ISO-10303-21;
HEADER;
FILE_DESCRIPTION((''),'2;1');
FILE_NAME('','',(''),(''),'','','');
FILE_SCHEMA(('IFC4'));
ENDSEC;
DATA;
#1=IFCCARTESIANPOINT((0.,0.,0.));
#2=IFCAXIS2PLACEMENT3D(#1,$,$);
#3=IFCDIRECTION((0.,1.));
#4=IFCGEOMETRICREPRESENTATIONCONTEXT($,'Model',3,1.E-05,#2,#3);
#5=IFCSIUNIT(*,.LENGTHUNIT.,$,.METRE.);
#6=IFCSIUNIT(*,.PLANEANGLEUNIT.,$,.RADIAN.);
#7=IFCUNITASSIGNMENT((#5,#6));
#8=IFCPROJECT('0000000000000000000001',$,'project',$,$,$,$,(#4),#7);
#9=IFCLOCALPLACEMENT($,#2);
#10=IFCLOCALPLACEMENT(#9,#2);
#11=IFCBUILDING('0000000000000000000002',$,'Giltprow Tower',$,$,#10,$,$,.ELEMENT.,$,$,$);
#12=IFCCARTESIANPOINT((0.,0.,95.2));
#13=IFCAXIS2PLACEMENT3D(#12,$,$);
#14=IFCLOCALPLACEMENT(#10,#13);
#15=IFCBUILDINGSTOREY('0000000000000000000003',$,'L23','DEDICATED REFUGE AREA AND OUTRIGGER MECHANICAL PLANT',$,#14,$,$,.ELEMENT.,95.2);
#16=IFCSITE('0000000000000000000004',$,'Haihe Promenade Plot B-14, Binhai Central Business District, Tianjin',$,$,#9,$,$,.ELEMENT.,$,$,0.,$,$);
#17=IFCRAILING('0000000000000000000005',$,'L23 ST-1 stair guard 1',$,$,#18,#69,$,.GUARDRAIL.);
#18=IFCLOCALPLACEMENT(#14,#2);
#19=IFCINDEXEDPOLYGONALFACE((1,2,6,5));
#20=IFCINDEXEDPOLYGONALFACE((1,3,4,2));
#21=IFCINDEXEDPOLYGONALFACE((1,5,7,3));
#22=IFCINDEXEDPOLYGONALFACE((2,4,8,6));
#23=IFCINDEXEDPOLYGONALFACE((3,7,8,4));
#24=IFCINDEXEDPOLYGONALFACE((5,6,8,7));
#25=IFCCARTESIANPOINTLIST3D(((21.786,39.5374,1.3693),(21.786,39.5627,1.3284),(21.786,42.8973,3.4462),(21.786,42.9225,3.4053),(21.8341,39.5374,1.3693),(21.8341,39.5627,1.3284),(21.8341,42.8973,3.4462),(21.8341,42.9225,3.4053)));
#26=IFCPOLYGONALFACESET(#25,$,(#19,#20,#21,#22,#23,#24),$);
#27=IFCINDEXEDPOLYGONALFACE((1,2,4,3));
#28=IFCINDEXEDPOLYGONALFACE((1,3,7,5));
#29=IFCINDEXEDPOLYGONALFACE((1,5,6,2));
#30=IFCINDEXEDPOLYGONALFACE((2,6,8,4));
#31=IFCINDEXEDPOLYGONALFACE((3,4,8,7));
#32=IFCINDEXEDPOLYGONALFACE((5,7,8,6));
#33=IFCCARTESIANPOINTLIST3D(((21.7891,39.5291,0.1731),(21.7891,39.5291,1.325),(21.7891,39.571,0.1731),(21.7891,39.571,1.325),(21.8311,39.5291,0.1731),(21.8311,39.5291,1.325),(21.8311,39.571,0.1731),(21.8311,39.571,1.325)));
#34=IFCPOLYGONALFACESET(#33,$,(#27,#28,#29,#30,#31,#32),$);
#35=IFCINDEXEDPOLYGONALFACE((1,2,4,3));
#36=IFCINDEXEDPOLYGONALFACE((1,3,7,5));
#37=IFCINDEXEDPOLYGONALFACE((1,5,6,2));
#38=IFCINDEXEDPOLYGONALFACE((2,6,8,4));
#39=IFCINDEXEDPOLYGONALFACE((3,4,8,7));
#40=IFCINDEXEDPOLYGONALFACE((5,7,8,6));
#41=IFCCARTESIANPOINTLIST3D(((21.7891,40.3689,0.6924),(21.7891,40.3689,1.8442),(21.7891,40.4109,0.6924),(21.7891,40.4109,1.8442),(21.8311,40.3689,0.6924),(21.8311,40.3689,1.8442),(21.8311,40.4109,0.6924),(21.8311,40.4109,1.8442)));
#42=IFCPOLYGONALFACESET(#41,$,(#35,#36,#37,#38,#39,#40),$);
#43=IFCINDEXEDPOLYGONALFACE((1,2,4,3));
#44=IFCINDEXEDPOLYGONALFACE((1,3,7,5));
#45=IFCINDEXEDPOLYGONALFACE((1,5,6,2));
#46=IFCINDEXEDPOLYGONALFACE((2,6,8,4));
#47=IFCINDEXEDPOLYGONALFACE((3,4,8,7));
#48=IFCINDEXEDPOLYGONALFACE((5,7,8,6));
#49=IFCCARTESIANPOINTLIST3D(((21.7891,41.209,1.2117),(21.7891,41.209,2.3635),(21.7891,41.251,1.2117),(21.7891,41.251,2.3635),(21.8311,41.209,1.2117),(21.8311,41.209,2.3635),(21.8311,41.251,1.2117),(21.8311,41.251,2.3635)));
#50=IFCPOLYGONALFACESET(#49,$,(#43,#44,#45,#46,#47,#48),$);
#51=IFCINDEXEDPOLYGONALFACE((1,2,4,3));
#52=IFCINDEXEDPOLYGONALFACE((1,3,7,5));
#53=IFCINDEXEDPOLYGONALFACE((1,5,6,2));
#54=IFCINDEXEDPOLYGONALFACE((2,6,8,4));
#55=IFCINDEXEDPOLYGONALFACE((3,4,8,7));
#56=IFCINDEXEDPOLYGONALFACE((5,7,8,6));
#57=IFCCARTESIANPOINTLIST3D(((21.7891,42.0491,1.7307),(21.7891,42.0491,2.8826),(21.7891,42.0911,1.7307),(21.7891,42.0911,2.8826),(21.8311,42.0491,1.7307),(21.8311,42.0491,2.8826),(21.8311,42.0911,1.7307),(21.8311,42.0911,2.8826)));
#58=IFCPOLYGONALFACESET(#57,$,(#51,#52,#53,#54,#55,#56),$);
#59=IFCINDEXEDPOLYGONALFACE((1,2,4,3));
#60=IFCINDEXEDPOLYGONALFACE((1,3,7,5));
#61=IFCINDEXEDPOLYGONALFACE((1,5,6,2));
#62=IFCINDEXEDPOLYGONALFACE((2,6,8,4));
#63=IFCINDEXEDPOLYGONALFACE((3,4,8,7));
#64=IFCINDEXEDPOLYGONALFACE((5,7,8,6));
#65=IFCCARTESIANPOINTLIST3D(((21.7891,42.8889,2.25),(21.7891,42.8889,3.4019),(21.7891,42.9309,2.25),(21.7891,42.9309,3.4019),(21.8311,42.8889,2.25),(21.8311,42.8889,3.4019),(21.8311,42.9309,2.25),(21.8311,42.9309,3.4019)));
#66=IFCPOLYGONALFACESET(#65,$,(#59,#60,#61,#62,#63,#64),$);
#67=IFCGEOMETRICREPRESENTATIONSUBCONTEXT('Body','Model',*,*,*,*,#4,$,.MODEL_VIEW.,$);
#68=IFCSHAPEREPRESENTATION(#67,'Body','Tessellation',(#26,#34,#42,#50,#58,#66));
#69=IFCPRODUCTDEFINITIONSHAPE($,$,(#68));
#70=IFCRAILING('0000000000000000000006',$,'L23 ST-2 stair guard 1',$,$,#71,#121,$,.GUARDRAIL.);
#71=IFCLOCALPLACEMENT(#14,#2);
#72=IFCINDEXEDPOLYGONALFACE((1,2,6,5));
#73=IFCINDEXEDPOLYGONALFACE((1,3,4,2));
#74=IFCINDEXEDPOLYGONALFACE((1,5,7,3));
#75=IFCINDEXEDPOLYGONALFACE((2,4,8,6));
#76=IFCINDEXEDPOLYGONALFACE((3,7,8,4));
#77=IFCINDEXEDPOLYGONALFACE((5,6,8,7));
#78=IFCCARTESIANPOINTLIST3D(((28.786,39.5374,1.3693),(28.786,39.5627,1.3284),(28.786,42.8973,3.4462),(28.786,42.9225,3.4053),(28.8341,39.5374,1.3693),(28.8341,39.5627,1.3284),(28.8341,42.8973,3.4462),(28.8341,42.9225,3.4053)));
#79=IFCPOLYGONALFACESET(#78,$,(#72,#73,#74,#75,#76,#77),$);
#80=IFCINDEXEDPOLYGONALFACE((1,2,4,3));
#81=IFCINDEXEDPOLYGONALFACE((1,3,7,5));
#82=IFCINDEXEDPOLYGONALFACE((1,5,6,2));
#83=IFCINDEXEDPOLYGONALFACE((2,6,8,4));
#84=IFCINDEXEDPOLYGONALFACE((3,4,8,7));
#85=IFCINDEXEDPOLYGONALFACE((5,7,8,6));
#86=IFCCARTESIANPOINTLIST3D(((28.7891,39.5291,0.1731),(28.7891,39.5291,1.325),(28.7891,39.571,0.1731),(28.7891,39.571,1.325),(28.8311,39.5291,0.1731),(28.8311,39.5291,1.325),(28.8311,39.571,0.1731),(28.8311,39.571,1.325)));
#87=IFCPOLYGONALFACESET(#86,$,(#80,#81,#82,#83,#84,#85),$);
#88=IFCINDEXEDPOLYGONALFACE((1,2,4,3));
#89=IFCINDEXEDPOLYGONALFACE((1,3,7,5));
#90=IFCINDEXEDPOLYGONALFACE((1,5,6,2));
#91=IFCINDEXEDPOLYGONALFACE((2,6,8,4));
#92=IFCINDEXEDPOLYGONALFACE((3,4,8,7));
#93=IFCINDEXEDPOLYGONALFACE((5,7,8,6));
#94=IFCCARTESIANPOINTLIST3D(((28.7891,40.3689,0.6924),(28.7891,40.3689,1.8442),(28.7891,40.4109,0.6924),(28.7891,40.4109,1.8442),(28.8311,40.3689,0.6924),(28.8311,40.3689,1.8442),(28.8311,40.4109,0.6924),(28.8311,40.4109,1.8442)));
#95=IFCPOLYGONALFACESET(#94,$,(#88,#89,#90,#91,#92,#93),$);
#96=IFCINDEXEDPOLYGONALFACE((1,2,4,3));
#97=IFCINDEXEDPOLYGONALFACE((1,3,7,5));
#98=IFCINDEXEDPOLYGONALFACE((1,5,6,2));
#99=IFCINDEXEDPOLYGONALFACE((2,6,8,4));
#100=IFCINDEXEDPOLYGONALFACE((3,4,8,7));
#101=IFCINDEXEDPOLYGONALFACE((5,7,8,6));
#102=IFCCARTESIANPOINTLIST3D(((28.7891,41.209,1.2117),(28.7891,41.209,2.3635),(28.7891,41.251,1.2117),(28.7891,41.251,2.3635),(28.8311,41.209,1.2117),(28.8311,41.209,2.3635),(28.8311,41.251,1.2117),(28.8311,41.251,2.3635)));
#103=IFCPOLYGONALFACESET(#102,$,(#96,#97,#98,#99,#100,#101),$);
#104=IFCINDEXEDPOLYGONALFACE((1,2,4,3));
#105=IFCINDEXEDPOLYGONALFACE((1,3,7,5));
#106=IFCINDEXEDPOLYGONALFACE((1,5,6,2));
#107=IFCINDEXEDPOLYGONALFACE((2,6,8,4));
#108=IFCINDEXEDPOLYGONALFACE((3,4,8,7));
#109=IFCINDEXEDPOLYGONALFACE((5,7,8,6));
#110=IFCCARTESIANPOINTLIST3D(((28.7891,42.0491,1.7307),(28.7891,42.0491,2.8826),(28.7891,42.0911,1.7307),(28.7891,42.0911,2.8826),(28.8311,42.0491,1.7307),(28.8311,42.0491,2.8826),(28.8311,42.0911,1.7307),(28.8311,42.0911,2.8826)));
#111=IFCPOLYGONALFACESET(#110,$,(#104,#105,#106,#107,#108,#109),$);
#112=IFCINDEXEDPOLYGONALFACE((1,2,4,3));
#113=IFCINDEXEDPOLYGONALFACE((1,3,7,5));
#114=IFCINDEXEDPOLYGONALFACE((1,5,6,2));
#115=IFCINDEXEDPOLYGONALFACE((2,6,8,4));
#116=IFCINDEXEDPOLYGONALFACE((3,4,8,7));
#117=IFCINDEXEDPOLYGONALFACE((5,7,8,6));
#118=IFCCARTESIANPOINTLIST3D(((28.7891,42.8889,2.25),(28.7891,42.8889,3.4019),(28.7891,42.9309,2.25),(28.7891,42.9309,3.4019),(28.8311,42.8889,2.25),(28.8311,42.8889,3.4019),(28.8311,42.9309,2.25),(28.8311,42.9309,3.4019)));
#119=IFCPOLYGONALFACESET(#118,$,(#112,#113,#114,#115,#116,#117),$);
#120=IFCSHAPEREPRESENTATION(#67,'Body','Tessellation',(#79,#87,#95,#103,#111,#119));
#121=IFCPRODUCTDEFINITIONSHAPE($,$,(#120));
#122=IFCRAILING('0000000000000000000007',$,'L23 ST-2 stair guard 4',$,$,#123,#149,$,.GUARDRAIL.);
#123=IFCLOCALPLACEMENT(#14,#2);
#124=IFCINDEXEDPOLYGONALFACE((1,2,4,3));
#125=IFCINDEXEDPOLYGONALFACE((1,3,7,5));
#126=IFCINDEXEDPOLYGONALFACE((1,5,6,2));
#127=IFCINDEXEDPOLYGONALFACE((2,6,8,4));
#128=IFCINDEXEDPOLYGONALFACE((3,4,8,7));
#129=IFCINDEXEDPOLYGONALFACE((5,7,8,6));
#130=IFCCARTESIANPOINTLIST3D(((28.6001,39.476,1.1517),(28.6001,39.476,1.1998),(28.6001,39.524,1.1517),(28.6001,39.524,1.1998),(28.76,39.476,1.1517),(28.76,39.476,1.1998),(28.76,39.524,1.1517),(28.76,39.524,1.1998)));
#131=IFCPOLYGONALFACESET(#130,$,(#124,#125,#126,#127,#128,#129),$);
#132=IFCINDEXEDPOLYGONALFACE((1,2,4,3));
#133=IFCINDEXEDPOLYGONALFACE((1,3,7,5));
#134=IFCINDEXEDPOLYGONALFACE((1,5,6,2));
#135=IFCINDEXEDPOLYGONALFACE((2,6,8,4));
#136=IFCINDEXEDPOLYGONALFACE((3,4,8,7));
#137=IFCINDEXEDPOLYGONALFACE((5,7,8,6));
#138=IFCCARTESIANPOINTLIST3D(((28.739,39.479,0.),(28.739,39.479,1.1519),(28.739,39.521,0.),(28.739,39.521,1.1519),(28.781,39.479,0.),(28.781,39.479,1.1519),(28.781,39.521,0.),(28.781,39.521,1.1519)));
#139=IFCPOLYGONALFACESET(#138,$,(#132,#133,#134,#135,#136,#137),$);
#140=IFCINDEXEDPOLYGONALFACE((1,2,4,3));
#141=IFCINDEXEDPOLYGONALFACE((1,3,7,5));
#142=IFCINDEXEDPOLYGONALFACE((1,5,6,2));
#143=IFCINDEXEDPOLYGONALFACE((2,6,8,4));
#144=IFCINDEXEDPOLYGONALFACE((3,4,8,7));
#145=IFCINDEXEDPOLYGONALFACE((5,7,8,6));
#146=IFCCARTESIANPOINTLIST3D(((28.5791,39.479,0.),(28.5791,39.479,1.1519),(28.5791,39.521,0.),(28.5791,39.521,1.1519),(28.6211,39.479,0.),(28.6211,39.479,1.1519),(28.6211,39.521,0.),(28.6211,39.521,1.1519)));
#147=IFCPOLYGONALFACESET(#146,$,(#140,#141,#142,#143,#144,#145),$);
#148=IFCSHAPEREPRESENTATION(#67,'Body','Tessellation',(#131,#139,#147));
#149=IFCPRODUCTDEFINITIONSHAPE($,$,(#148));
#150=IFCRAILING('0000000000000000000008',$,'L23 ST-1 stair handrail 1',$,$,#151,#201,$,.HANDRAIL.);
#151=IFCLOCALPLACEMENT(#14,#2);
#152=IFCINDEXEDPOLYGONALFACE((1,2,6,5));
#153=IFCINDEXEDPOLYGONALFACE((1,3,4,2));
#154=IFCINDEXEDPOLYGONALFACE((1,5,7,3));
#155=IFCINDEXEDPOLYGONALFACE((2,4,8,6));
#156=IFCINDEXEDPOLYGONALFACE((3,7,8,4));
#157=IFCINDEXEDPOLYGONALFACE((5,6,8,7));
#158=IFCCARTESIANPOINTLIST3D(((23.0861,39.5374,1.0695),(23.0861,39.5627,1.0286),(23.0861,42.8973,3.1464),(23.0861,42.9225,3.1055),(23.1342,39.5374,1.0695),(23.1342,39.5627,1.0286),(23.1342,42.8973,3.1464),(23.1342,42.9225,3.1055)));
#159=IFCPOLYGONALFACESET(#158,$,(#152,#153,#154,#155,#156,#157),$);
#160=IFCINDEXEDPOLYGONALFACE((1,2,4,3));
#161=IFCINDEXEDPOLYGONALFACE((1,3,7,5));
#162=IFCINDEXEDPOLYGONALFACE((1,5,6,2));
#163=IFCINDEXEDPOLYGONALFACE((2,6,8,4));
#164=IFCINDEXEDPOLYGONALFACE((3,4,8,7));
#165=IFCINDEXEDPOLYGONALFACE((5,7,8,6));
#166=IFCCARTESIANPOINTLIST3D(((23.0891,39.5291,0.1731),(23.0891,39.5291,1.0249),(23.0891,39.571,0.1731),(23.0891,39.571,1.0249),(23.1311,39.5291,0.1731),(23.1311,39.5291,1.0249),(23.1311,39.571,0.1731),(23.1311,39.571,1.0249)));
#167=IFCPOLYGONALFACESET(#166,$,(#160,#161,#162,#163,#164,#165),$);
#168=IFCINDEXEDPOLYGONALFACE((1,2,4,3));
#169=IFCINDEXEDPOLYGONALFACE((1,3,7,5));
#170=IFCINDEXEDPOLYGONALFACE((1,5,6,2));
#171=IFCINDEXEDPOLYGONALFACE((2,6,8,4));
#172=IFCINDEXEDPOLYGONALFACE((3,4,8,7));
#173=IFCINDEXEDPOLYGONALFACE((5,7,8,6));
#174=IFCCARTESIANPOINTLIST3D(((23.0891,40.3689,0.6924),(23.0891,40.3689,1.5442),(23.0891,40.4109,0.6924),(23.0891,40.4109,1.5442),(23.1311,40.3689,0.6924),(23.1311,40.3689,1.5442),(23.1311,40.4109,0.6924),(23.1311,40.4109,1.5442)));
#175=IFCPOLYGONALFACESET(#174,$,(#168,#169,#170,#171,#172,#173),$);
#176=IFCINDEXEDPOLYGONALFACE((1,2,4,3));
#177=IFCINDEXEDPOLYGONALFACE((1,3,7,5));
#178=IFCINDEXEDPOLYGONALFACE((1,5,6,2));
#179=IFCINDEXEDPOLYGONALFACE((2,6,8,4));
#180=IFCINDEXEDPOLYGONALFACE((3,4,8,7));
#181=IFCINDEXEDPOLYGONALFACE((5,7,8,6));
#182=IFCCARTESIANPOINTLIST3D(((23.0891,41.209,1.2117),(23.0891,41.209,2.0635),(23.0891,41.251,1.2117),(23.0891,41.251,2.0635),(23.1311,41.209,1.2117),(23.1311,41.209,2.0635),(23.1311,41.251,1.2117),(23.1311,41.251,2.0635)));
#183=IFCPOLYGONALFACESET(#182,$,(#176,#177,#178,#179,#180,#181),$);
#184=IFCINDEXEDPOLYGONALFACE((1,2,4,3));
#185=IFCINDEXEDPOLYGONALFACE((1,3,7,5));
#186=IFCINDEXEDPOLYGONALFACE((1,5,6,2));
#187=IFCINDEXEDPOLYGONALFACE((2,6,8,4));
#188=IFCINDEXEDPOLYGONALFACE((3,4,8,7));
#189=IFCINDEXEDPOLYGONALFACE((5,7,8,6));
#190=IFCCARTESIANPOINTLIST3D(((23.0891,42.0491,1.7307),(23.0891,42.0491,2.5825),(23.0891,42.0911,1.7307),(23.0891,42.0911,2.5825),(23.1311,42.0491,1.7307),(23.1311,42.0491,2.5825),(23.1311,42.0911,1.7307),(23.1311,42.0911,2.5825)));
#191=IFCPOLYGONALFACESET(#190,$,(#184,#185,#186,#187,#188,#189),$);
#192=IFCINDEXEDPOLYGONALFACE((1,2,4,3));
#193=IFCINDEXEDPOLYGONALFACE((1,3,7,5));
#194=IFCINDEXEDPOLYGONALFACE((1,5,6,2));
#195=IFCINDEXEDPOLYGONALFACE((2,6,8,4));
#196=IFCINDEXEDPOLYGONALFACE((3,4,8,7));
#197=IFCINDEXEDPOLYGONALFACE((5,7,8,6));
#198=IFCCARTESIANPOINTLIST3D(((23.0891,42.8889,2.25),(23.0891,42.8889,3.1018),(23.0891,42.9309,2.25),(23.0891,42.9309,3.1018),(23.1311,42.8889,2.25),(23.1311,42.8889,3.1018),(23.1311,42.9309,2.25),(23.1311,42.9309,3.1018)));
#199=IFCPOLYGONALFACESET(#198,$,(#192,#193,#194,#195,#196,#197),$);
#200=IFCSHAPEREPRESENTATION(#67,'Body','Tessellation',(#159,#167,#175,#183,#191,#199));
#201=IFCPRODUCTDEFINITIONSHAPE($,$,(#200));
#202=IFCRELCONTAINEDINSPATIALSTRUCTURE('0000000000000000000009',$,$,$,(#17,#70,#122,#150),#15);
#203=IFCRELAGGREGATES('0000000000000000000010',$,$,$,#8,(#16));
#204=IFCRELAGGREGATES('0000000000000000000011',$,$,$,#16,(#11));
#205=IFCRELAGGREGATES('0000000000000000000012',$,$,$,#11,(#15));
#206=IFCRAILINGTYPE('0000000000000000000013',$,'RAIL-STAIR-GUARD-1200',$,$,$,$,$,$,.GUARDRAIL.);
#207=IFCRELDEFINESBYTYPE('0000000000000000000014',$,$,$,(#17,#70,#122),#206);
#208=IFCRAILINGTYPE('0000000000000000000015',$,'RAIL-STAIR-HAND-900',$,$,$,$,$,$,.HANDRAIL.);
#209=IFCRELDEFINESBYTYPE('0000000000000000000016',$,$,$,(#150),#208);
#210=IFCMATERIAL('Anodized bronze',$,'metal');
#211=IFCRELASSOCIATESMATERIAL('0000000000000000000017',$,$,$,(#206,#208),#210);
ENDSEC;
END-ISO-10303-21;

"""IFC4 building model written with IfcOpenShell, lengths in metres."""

from ifc_helpers import new_model, si_unit, direction, frame, origin, origin_2d, place, context, subcontext, project, spatial, rectangle, extrude, material, type_object, element, save


model = new_model("IFC4")

# Units and contexts
model_context = context("Model", 3, precision=1e-05, world=origin(), true_north=direction((0.0, 1.0)))
body_context = subcontext(model_context, "Body", "Model", "MODEL_VIEW")
ifc_project = project(units=[si_unit("LENGTHUNIT", "METRE"), si_unit("PLANEANGLEUNIT", "RADIAN")], contexts=[model_context])

# Site, building, storey
site_placement = place(None, origin())
site = spatial("IfcSite", under=ifc_project, at=site_placement, Name="Haihe Promenade Plot B-14, Binhai Central Business District, Tianjin", CompositionType="ELEMENT", RefElevation=0.0)
building_placement = place(site_placement, origin())
building = spatial("IfcBuilding", under=site, at=building_placement, Name="Giltprow Tower", CompositionType="ELEMENT")
storey_placement = place(building_placement, frame((0.0, 0.0, 95.2)))
storey = spatial("IfcBuildingStorey", under=building, at=storey_placement, Name="L23", Description="DEDICATED REFUGE AREA AND OUTRIGGER MECHANICAL PLANT", CompositionType="ELEMENT", Elevation=95.2)

# Railings
ifc_material_1 = material(Name="Anodized bronze", Category="metal")
railing_type_1 = type_object("IfcRailingType", Name="RAIL-STAIR-GUARD-1200", PredefinedType="GUARDRAIL", material=ifc_material_1)
for number, where, name in (
    (1, (21.8101, 39.55, 0.1731), "L23 ST-1 stair guard 1"),
    (2, (28.8101, 39.55, 0.1731), "L23 ST-2 stair guard 1"),
):
    element("IfcRailing", number, at=place(storey_placement, frame(where)), inside=storey, type_object=railing_type_1, Name=name, PredefinedType="GUARDRAIL", context=body_context, shape_type="SweptSolid", body=[
        extrude(rectangle(XDim=0.0481, YDim=0.0481, at=origin_2d()), frame((0.0, 0.0, 1.1758), z_axis=(0.0, 0.850606, 0.525803), x_axis=(-1.0, 0.0, 0.0)), (0.0, 0.0, 1.0), 3.95),
        extrude(rectangle(XDim=0.042, YDim=0.042, at=origin_2d()), origin(), (0.0, 0.0, 1.0), 1.1519),
        extrude(rectangle(XDim=0.042, YDim=0.042, at=origin_2d()), frame((0.0, 0.8398, 0.5193)), (0.0, 0.0, 1.0), 1.1519),
        extrude(rectangle(XDim=0.042, YDim=0.042, at=origin_2d()), frame((0.0, 1.6799, 1.0386)), (0.0, 0.0, 1.0), 1.1519),
        extrude(rectangle(XDim=0.042, YDim=0.042, at=origin_2d()), frame((0.0, 2.52, 1.5576)), (0.0, 0.0, 1.0), 1.1519),
        extrude(rectangle(XDim=0.042, YDim=0.042, at=origin_2d()), frame((0.0, 3.3599, 2.0769)), (0.0, 0.0, 1.0), 1.1519),
    ])
railing_1_placement = place(storey_placement, frame((28.76, 39.5, 0.0)))
element("IfcRailing", 3, at=railing_1_placement, inside=storey, type_object=railing_type_1, Name="L23 ST-2 stair guard 4", PredefinedType="GUARDRAIL", context=body_context, shape_type="SweptSolid", body=[
    extrude(rectangle(XDim=0.0481, YDim=0.0481, at=origin_2d()), frame((0.0, 0.0, 1.1758), z_axis=(-1.0, 0.0, 0.0), x_axis=(0.0, -1.0, 0.0)), (0.0, 0.0, 1.0), 0.1599),
    extrude(rectangle(XDim=0.042, YDim=0.042, at=origin_2d()), origin(), (0.0, 0.0, 1.0), 1.1519),
    extrude(rectangle(XDim=0.042, YDim=0.042, at=origin_2d()), frame((-0.1599, 0.0, 0.0)), (0.0, 0.0, 1.0), 1.1519),
])
railing_type_2 = type_object("IfcRailingType", Name="RAIL-STAIR-HAND-900", PredefinedType="HANDRAIL", material=ifc_material_1)
railing_2_placement = place(storey_placement, frame((23.1101, 39.55, 0.1731)))
element("IfcRailing", 4, at=railing_2_placement, inside=storey, type_object=railing_type_2, Name="L23 ST-1 stair handrail 1", PredefinedType="HANDRAIL", context=body_context, shape_type="SweptSolid", body=[
    extrude(rectangle(XDim=0.0481, YDim=0.0481, at=origin_2d()), frame((0.0, 0.0, 0.876), z_axis=(0.0, 0.850606, 0.525803), x_axis=(-1.0, 0.0, 0.0)), (0.0, 0.0, 1.0), 3.95),
    extrude(rectangle(XDim=0.042, YDim=0.042, at=origin_2d()), origin(), (0.0, 0.0, 1.0), 0.8518),
    extrude(rectangle(XDim=0.042, YDim=0.042, at=origin_2d()), frame((0.0, 0.8398, 0.5193)), (0.0, 0.0, 1.0), 0.8518),
    extrude(rectangle(XDim=0.042, YDim=0.042, at=origin_2d()), frame((0.0, 1.6799, 1.0386)), (0.0, 0.0, 1.0), 0.8518),
    extrude(rectangle(XDim=0.042, YDim=0.042, at=origin_2d()), frame((0.0, 2.52, 1.5576)), (0.0, 0.0, 1.0), 0.8518),
    extrude(rectangle(XDim=0.042, YDim=0.042, at=origin_2d()), frame((0.0, 3.3599, 2.0769)), (0.0, 0.0, 1.0), 0.8518),
])

save(model, "model.ifc")
